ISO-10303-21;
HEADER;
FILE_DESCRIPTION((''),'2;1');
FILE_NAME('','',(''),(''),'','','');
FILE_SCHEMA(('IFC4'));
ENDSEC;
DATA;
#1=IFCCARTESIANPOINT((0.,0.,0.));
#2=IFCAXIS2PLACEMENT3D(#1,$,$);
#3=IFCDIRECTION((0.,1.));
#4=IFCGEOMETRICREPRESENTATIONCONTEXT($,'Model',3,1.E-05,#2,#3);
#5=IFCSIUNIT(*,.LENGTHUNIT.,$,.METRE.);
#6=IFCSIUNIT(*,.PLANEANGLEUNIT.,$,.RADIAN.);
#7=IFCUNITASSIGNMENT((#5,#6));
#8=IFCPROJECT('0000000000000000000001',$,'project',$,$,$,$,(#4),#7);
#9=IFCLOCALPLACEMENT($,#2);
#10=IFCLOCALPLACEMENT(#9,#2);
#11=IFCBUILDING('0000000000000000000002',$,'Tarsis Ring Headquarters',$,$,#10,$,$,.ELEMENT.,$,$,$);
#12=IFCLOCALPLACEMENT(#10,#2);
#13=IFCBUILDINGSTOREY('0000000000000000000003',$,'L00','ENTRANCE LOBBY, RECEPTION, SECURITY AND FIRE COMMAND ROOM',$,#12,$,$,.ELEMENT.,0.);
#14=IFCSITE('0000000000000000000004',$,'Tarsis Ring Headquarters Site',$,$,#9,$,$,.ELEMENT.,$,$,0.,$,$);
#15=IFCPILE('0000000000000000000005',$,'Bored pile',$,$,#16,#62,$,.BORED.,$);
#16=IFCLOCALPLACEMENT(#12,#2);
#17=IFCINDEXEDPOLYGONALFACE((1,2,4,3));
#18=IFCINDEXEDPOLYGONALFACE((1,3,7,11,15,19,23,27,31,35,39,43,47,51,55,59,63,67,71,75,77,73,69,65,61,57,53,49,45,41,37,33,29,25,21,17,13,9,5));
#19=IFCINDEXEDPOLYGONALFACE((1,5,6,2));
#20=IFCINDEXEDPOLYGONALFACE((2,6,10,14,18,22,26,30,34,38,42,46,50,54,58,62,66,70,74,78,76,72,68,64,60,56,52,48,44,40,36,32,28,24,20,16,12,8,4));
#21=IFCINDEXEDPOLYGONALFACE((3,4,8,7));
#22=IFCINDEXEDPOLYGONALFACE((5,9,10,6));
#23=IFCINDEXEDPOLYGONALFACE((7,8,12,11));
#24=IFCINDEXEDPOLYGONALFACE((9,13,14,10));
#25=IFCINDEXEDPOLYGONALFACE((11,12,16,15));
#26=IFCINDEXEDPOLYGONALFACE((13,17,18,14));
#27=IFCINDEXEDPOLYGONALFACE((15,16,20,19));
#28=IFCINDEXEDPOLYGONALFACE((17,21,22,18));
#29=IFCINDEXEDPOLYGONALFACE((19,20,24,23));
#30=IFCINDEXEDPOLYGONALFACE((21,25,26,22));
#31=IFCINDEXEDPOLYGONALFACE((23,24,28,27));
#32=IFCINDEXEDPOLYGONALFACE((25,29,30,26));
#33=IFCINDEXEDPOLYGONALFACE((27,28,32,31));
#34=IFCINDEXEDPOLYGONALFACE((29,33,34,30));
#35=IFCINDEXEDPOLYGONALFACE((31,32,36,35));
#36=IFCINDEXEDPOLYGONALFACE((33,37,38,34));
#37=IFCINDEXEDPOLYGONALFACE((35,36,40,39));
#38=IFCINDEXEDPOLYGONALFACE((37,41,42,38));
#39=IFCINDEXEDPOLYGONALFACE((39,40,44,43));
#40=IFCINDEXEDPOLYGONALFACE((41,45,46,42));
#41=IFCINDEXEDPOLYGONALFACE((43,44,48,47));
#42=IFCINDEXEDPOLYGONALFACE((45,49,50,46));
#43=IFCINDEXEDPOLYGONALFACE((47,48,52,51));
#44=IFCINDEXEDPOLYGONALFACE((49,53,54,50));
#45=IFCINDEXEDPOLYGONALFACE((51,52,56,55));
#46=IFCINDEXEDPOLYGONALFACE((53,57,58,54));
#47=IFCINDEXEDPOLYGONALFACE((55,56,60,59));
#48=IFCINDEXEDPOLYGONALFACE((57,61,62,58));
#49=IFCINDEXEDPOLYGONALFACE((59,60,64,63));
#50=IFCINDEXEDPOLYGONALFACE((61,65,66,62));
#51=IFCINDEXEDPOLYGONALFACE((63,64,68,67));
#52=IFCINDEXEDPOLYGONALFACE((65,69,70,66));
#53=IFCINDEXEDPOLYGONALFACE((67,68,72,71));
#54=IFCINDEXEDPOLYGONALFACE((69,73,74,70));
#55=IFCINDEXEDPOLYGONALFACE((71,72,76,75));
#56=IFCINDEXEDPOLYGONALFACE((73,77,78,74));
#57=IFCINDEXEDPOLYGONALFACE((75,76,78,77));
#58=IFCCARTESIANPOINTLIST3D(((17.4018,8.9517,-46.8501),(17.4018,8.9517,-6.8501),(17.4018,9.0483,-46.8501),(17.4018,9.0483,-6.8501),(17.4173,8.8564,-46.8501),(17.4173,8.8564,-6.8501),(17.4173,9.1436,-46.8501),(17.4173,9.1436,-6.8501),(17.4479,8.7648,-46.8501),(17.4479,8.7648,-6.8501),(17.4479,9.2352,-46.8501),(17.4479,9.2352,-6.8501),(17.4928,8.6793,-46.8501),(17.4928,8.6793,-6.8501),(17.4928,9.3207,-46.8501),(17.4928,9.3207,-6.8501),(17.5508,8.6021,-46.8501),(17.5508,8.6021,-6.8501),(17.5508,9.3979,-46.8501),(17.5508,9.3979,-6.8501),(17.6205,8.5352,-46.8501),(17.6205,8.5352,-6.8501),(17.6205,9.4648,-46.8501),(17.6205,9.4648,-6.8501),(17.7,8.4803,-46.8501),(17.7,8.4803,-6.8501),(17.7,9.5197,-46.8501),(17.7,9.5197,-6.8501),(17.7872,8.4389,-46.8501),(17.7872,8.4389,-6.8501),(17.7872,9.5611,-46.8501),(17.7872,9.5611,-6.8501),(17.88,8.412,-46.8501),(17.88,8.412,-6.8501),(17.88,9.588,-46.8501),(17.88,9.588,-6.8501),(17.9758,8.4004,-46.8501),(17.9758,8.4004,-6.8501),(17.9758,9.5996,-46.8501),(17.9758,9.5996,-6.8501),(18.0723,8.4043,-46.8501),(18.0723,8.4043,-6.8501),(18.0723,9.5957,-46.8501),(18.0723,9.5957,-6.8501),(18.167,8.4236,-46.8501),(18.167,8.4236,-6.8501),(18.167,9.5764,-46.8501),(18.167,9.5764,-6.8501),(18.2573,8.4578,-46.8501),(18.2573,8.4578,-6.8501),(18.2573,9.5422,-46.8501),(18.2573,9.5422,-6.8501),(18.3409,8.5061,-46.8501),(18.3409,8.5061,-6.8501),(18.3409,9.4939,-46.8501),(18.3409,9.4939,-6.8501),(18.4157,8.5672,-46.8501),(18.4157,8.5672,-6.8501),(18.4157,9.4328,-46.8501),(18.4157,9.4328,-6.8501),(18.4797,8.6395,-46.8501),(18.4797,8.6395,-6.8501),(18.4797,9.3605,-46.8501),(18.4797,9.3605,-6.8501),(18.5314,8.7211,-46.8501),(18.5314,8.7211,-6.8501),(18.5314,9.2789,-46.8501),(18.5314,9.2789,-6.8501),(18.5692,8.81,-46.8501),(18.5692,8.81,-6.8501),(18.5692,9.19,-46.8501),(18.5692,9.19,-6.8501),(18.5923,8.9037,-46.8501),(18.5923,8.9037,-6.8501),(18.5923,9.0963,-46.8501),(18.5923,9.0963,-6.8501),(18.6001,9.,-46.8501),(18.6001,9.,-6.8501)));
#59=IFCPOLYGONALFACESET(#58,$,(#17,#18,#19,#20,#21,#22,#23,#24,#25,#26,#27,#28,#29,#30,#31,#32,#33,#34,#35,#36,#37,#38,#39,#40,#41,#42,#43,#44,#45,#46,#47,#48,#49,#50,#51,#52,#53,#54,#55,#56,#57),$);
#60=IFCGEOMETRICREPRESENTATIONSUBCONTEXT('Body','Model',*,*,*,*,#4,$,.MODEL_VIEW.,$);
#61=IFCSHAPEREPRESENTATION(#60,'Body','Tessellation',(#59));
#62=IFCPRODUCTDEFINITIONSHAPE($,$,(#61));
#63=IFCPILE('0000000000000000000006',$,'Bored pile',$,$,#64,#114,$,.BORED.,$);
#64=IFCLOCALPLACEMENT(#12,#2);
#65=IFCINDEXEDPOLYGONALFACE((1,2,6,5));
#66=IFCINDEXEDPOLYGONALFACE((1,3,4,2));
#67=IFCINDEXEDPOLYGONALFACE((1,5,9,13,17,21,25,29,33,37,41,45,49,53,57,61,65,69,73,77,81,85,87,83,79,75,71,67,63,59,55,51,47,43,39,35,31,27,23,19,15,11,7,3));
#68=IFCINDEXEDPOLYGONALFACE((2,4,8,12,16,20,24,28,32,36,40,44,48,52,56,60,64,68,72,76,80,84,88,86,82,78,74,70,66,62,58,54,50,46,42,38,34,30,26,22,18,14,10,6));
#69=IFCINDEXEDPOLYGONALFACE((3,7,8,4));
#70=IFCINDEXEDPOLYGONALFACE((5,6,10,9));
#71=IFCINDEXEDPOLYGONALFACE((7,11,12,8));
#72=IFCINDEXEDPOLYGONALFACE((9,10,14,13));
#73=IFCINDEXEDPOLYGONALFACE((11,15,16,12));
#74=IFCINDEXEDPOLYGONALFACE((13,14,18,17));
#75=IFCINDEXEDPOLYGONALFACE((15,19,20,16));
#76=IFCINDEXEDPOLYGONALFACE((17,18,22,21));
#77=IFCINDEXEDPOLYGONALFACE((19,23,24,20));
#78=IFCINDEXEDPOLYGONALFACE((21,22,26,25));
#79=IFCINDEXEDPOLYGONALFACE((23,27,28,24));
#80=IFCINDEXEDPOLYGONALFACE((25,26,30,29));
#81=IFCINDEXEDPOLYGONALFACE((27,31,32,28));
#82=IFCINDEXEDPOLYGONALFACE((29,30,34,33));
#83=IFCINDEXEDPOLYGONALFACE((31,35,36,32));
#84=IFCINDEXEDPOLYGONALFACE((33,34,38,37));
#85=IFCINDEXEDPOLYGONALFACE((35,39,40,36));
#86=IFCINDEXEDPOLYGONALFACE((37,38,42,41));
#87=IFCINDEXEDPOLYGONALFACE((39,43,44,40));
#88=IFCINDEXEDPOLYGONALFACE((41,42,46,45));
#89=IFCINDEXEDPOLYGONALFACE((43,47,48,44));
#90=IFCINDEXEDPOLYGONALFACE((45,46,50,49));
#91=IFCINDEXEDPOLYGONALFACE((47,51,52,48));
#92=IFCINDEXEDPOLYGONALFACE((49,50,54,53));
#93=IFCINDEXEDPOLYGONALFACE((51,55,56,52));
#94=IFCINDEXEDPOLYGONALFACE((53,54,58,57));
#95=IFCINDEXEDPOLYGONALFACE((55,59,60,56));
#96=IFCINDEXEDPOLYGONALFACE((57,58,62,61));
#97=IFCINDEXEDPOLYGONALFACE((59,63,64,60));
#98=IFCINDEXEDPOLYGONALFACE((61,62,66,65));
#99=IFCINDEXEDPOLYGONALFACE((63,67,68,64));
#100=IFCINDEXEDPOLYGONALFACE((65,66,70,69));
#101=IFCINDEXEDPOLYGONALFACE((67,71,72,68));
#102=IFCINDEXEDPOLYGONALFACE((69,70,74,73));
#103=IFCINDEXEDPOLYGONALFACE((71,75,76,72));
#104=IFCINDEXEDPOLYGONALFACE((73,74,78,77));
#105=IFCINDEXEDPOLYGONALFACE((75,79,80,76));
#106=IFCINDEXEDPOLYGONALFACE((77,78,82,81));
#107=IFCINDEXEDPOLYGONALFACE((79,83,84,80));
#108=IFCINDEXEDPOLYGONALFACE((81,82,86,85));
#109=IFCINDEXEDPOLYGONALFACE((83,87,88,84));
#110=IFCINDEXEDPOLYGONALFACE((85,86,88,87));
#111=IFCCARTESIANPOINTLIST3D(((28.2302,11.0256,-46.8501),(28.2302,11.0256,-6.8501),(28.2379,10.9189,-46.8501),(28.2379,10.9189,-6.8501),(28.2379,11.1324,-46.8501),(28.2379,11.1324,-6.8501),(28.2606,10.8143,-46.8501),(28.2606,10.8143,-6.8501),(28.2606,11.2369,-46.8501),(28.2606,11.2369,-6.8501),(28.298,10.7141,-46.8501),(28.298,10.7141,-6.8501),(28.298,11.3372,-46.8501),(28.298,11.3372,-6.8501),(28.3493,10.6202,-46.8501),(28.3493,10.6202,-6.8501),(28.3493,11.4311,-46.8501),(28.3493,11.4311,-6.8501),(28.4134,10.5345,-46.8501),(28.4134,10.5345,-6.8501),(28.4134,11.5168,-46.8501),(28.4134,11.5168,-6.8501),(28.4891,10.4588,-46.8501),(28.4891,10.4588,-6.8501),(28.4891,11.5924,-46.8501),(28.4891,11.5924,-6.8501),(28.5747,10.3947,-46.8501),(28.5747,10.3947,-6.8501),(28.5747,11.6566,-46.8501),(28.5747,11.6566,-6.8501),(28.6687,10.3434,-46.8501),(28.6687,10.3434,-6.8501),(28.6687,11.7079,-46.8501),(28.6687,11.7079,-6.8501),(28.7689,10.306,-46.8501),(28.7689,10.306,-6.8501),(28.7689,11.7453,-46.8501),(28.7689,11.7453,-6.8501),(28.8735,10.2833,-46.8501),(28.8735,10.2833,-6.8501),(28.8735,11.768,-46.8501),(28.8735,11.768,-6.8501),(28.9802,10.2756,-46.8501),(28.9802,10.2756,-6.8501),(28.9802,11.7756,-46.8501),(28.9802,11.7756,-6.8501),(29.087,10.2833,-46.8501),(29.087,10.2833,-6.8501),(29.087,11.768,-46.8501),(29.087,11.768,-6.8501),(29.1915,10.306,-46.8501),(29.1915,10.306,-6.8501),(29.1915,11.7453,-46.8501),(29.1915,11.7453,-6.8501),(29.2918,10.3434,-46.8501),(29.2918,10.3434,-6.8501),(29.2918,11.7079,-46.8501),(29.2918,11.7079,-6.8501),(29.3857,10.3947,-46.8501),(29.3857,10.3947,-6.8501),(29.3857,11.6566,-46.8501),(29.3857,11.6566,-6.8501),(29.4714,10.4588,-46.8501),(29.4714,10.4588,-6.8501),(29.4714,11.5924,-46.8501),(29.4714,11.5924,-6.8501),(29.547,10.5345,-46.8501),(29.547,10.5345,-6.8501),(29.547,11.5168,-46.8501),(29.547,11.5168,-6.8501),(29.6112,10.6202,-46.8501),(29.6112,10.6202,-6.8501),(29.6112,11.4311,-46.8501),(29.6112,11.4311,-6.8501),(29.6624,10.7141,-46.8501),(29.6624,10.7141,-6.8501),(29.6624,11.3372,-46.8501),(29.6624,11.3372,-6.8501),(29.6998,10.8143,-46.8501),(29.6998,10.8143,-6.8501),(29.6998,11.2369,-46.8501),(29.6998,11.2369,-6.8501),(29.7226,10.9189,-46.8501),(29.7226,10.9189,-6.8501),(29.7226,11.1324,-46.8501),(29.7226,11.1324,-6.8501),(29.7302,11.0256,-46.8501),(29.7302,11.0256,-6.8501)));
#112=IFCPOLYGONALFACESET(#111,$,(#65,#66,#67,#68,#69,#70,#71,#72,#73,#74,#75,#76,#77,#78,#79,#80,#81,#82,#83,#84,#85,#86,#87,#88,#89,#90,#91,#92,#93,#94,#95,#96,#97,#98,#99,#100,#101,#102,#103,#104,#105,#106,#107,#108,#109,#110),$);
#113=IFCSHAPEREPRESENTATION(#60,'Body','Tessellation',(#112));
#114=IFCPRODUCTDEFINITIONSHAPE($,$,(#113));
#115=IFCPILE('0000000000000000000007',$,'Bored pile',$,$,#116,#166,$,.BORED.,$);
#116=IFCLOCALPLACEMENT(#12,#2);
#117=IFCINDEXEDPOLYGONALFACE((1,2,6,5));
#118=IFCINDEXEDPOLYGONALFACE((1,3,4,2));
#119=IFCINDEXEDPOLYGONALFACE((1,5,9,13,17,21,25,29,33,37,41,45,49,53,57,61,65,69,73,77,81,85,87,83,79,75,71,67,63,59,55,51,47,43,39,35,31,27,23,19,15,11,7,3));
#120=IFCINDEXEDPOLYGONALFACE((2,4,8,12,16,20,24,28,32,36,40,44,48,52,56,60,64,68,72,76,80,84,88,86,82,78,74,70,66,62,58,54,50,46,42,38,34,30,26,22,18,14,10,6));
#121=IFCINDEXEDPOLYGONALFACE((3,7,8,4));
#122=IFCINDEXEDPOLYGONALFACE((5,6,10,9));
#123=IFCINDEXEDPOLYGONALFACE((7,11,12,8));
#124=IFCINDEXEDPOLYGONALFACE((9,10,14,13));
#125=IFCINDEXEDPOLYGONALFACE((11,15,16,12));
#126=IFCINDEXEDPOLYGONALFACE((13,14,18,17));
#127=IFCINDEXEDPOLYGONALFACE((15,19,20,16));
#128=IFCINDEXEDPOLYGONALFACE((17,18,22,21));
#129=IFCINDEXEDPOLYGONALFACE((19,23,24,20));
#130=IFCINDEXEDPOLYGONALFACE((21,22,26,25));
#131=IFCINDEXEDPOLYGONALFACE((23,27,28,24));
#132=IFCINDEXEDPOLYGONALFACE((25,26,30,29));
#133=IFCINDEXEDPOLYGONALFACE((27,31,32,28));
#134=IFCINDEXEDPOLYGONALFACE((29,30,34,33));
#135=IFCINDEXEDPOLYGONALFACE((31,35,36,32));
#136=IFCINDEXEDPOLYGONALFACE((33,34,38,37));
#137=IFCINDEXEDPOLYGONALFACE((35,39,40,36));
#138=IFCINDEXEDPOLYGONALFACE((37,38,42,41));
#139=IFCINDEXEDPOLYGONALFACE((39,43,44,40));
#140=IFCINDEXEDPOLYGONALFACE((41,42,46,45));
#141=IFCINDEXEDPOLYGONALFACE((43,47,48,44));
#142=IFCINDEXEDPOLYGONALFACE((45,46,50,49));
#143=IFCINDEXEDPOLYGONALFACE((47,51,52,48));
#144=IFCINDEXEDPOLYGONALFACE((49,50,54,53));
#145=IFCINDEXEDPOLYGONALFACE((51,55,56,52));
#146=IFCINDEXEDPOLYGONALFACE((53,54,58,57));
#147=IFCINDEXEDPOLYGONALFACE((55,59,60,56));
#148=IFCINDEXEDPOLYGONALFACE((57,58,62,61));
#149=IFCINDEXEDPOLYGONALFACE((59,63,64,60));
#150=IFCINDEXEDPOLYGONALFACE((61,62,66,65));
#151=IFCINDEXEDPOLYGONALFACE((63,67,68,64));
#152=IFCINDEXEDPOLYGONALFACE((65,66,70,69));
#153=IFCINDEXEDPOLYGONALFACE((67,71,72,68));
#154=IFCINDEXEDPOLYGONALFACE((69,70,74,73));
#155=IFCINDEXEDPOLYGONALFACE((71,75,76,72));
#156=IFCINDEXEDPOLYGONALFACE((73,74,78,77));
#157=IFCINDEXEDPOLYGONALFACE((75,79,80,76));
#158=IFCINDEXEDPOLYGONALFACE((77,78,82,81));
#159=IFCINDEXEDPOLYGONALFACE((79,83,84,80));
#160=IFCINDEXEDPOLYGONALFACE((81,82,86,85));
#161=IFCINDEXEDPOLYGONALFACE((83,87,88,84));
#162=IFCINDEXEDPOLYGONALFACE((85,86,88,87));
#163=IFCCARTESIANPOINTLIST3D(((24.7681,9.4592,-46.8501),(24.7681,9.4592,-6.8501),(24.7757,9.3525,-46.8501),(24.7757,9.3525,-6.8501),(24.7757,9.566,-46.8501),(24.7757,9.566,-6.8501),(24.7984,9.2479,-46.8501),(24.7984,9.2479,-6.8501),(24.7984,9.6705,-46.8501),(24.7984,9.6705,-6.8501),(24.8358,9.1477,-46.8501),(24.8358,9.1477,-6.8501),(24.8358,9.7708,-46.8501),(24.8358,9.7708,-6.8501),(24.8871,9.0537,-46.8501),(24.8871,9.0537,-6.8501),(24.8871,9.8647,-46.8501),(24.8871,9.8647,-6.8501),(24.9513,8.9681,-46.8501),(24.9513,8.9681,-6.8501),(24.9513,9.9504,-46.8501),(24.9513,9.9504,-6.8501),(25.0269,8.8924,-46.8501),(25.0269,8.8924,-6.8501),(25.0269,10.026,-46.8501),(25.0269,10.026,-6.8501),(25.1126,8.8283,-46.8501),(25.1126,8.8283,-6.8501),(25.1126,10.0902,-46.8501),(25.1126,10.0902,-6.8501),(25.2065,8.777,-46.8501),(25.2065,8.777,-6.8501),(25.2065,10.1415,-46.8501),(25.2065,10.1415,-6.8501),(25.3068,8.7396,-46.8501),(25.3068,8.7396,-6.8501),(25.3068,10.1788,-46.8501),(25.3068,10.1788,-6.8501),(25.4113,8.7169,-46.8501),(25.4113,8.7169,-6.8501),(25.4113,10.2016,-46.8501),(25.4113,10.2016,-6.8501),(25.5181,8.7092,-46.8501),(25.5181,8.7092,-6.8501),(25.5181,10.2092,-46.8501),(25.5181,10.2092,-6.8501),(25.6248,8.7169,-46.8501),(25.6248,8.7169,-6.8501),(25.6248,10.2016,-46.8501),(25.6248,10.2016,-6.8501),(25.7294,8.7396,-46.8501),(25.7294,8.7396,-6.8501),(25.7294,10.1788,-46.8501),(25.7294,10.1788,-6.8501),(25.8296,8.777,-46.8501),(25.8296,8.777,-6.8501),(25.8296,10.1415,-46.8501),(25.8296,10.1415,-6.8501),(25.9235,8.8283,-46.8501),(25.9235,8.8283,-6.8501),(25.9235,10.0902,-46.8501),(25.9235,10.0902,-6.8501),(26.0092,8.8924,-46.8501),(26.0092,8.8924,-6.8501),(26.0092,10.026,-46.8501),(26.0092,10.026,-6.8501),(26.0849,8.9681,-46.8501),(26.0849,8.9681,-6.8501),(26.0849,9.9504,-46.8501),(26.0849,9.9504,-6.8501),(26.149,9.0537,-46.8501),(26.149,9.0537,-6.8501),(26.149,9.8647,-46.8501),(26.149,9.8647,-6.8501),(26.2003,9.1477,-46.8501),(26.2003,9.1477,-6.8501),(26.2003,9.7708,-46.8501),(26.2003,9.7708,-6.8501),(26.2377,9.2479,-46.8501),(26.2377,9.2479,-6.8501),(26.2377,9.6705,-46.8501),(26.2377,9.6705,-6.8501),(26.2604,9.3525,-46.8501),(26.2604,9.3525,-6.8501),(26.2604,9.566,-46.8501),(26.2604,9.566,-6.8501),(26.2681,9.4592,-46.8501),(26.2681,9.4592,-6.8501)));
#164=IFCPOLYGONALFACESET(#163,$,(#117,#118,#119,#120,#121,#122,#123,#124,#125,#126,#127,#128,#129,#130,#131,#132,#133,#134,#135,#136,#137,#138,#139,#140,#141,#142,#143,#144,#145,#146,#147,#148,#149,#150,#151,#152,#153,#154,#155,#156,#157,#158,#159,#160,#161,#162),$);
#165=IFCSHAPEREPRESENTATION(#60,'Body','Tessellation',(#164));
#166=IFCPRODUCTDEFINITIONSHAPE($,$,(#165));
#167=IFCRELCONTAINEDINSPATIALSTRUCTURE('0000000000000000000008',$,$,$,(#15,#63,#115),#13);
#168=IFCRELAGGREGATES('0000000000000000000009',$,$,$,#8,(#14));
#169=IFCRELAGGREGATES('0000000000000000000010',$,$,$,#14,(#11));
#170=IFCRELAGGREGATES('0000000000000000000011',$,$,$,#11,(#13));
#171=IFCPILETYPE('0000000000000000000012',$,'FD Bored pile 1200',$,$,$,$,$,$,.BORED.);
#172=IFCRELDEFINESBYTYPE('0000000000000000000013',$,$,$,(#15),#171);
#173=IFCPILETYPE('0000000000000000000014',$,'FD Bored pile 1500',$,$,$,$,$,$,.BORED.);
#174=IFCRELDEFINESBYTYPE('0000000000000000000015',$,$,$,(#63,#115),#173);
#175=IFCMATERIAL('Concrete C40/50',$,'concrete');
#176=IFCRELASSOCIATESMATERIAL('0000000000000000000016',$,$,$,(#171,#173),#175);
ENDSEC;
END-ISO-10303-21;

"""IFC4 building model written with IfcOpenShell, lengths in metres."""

from ifc_helpers import new_model, si_unit, direction, frame, origin, origin_2d, place, context, subcontext, project, spatial, circle, extrude, material, material_profile, profile_set, type_object, element, save


model = new_model("IFC4")

# Units and contexts
model_context = context("Model", 3, precision=1e-05, world=origin(), true_north=direction((0.0, 1.0)))
body_context = subcontext(model_context, "Body", "Model", "MODEL_VIEW")
ifc_project = project(units=[si_unit("LENGTHUNIT", "METRE"), si_unit("PLANEANGLEUNIT", "RADIAN")], contexts=[model_context])

# Site, building, storey
site_placement = place(None, origin())
site = spatial("IfcSite", under=ifc_project, at=site_placement, Name="Tarsis Ring Headquarters Site", CompositionType="ELEMENT", RefElevation=0.0)
building_placement = place(site_placement, origin())
building = spatial("IfcBuilding", under=site, at=building_placement, Name="Tarsis Ring Headquarters", CompositionType="ELEMENT")
storey_placement = place(building_placement, origin())
storey = spatial("IfcBuildingStorey", under=building, at=storey_placement, Name="L00", Description="ENTRANCE LOBBY, RECEPTION, SECURITY AND FIRE COMMAND ROOM", CompositionType="ELEMENT", Elevation=0.0)

# Piles
ifc_material_1 = material(Name="Concrete C40/50", Category="concrete")
ifc_material_profile_1 = material_profile(ifc_material_1, circle(Radius=0.6001, at=origin_2d()), Name="BORED 1200")
ifc_profile_set_1 = profile_set([ifc_material_profile_1], Name="Concrete C40/50")
pile_type_1 = type_object("IfcPileType", Name="FD Bored pile 1200", PredefinedType="BORED", material=ifc_profile_set_1)
pile_placement = place(storey_placement, frame((18.0, 9.0, -6.8501), z_axis=(0.0, 0.0, -1.0), x_axis=(1.0, 0.0, 0.0)))
element("IfcPile", 1, at=pile_placement, inside=storey, type_object=pile_type_1, Name="Bored pile", PredefinedType="BORED", context=body_context, shape_type="SweptSolid", body=[
    extrude(circle(Radius=0.6001, at=origin_2d()), origin(), (0.0, 0.0, 1.0), 40.0),
])
ifc_material_profile_2 = material_profile(ifc_material_1, circle(Radius=0.75, at=origin_2d()), Name="BORED 1500")
ifc_profile_set_2 = profile_set([ifc_material_profile_2], Name="Concrete C40/50")
pile_type_2 = type_object("IfcPileType", Name="FD Bored pile 1500", PredefinedType="BORED", material=ifc_profile_set_2)
for number, where, z_axis, x_axis, name in (
    (2, (28.9802, 11.0256, -6.8501), (0.0, 0.0, -1.0), (1.0, 0.0, 0.0), "Bored pile"),
    (3, (25.5181, 9.4592, -6.8501), (0.0, 0.0, -1.0), (1.0, 0.0, 0.0), "Bored pile"),
):
    element("IfcPile", number, at=place(storey_placement, frame(where, z_axis=z_axis, x_axis=x_axis)), inside=storey, type_object=pile_type_2, Name=name, PredefinedType="BORED", context=body_context, shape_type="SweptSolid", body=[
        extrude(circle(Radius=0.75, at=origin_2d()), origin(), (0.0, 0.0, 1.0), 40.0),
    ])

save(model, "model.ifc")
